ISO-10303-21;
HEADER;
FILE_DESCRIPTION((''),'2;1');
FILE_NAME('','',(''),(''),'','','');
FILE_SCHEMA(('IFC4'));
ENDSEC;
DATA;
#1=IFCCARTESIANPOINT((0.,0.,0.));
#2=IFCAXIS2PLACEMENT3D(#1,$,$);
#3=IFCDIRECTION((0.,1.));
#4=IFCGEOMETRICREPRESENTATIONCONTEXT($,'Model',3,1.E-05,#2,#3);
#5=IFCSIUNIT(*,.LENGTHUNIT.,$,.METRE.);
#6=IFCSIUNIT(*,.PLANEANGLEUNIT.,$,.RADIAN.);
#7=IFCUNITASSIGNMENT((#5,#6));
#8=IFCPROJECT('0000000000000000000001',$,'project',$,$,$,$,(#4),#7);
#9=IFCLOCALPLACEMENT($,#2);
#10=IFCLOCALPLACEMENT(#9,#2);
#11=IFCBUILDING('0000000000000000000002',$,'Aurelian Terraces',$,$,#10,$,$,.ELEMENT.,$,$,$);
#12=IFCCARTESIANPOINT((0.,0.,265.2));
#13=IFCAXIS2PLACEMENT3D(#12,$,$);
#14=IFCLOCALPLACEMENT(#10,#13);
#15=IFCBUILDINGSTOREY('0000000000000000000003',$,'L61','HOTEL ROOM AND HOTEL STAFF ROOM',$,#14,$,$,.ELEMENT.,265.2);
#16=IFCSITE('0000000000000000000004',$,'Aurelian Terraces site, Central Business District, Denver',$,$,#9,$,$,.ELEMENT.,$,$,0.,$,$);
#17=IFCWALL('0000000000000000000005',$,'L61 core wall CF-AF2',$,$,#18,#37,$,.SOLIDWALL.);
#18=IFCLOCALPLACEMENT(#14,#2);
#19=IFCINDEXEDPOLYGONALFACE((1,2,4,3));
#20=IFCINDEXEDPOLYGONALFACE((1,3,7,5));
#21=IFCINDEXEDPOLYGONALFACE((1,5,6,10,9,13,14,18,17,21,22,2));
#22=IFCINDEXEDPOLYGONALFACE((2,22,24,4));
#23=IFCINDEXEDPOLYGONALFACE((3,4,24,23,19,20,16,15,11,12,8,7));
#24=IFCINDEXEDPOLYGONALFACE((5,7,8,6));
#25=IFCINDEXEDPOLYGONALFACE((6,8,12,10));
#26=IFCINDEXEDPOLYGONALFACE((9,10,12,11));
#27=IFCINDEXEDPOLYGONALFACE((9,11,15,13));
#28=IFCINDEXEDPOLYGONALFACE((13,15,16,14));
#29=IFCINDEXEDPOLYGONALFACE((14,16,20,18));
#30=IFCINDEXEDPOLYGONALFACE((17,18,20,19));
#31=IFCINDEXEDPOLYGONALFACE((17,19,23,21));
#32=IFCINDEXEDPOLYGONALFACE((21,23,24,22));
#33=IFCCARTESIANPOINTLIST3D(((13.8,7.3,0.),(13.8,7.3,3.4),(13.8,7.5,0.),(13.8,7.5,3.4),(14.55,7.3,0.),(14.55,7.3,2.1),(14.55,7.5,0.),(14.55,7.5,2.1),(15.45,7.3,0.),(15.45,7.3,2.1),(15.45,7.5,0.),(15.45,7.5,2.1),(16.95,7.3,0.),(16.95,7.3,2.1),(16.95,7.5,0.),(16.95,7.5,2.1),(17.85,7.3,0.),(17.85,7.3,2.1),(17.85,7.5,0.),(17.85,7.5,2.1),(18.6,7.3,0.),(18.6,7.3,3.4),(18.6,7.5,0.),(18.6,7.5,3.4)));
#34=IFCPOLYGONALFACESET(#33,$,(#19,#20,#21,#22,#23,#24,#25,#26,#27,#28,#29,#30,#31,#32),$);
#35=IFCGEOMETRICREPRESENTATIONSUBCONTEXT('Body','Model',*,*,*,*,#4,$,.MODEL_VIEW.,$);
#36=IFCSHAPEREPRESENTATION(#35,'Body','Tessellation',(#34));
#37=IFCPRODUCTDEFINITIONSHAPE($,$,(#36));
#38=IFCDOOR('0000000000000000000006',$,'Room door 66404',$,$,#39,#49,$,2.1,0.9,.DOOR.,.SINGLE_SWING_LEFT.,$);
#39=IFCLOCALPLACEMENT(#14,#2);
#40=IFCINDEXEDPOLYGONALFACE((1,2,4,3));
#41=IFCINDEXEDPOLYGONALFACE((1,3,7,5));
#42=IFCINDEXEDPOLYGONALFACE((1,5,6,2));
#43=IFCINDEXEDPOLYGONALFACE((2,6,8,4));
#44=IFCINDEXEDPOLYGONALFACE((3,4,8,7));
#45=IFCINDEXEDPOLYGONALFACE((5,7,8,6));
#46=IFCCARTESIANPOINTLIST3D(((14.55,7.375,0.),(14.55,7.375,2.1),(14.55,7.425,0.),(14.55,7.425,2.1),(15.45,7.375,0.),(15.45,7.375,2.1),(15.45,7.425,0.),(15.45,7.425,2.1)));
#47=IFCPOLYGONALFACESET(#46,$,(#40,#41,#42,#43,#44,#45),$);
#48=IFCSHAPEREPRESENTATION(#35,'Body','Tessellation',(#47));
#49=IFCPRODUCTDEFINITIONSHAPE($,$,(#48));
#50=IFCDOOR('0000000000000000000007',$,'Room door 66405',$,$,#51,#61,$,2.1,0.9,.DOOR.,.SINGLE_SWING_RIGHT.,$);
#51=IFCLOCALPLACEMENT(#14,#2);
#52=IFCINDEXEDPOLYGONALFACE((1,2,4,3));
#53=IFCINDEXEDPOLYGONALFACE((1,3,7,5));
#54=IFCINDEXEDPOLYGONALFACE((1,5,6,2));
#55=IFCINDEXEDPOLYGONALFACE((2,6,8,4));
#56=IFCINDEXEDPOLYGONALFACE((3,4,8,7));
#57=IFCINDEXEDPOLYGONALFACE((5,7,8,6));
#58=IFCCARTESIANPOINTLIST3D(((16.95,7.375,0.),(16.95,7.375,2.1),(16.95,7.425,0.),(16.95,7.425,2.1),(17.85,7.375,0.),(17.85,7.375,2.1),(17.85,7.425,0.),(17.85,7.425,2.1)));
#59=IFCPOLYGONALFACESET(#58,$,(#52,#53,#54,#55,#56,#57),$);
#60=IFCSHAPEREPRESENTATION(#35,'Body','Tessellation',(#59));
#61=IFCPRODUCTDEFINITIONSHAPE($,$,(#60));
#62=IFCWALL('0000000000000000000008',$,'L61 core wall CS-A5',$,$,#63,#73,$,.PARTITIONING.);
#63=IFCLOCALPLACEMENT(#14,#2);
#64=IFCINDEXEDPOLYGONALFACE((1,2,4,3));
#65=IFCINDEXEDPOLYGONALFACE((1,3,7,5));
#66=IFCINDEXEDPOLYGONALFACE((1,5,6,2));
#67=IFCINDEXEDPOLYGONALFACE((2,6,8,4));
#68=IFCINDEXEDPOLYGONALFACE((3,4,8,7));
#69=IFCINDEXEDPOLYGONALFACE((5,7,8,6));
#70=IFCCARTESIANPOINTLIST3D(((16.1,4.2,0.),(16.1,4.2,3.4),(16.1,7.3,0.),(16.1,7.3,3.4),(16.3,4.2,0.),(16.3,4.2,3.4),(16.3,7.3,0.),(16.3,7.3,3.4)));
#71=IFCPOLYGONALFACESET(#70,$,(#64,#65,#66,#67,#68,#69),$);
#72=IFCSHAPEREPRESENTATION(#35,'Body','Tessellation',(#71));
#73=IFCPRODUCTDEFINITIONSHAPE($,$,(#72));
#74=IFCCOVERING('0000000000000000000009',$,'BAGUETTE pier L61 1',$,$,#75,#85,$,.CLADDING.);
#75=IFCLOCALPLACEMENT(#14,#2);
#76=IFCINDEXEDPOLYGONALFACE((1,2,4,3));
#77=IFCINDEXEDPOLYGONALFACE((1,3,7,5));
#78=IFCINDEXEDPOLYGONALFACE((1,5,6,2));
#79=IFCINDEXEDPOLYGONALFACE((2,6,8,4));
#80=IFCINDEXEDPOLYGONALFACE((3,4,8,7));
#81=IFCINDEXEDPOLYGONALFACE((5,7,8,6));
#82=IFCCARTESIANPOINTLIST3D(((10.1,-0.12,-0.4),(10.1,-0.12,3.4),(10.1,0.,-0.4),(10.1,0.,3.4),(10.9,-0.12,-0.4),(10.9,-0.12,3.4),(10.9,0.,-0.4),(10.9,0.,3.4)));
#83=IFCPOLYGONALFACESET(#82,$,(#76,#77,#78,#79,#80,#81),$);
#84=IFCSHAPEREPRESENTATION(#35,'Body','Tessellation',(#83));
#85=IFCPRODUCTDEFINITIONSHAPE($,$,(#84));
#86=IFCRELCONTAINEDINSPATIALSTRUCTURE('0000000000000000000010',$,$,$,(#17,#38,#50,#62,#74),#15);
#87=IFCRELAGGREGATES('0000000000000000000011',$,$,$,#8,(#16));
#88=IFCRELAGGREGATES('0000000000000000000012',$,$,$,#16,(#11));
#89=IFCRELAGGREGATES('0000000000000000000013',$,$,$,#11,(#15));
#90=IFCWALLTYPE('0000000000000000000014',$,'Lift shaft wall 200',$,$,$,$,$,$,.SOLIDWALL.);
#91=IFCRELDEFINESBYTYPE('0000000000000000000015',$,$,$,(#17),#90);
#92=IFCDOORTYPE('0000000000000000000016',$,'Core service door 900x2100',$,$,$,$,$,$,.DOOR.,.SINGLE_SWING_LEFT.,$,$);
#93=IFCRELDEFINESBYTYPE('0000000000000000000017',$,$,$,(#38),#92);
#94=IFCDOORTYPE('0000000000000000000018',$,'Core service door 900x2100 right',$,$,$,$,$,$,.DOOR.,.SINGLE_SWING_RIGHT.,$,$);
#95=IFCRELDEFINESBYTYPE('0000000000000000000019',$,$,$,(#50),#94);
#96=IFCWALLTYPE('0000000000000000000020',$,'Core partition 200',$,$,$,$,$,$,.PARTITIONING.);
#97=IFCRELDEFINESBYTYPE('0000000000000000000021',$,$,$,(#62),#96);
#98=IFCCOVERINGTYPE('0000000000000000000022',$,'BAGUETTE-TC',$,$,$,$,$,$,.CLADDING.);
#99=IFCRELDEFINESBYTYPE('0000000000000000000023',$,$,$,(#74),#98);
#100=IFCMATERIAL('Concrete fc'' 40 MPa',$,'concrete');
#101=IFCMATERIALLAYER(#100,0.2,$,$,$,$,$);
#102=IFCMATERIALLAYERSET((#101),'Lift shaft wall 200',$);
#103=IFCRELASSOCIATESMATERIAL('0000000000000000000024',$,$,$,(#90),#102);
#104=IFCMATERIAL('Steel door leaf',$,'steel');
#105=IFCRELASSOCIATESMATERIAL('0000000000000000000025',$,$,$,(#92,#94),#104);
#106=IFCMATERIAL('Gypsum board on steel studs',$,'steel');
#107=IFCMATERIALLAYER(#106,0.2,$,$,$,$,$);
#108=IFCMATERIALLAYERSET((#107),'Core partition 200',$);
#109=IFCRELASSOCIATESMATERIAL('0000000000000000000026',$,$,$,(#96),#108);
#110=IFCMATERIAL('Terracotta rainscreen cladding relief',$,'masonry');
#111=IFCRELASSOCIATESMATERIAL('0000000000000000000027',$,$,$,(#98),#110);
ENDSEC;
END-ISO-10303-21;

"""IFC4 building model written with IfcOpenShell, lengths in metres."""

from ifc_helpers import new_model, si_unit, direction, frame, frame_2d, origin, origin_2d, place, context, subcontext, project, spatial, rectangle, extrude, source, transform, mapped, material, layer, layer_set, type_object, element, fill, save


model = new_model("IFC4")

# Units and contexts
model_context = context("Model", 3, precision=1e-05, world=origin(), true_north=direction((0.0, 1.0)))
body_context = subcontext(model_context, "Body", "Model", "MODEL_VIEW")
ifc_project = project(units=[si_unit("LENGTHUNIT", "METRE"), si_unit("PLANEANGLEUNIT", "RADIAN")], contexts=[model_context])

# Site, building, storey
site_placement = place(None, origin())
site = spatial("IfcSite", under=ifc_project, at=site_placement, Name="Aurelian Terraces site, Central Business District, Denver", CompositionType="ELEMENT", RefElevation=0.0)
building_placement = place(site_placement, origin())
building = spatial("IfcBuilding", under=site, at=building_placement, Name="Aurelian Terraces", CompositionType="ELEMENT")
storey_placement = place(building_placement, frame((0.0, 0.0, 265.2)))
storey = spatial("IfcBuildingStorey", under=building, at=storey_placement, Name="L61", Description="HOTEL ROOM AND HOTEL STAFF ROOM", CompositionType="ELEMENT", Elevation=265.2)

# Shared definitions
ifc_material_1 = material(Name="Concrete fc' 40 MPa", Category="concrete")
ifc_layer_1 = layer(ifc_material_1, 0.2)
ifc_layer_set_1 = layer_set([ifc_layer_1], Name="Lift shaft wall 200")
wall_type_1 = type_object("IfcWallType", Name="Lift shaft wall 200", PredefinedType="SOLIDWALL", material=ifc_layer_set_1)

# Shared definitions
shared_shape_1 = source(origin(), body_context, "Body", "SweptSolid", [
    extrude(rectangle(XDim=0.9, YDim=2.1, at=frame_2d((0.45, 1.05))), frame((0.0, 0.11, 0.0), z_axis=(0.0, -1.0, 0.0), x_axis=(1.0, 0.0, 0.0)), (0.0, 0.0, 1.0), 0.22),
])
ifc_material_2 = material(Name="Steel door leaf", Category="steel")
door_type_1 = type_object("IfcDoorType", Name="Core service door 900x2100", OperationType="SINGLE_SWING_LEFT", PredefinedType="DOOR", material=ifc_material_2)
shared_shape_2 = source(origin(), body_context, "Body", "SweptSolid", [
    extrude(rectangle(XDim=0.9, YDim=2.1, at=frame_2d((0.45, 1.05))), frame((0.0, 0.025, 0.0), z_axis=(0.0, -1.0, 0.0), x_axis=(1.0, 0.0, 0.0)), (0.0, 0.0, 1.0), 0.05),
])

# Wall, openings, doors
shared_shape_3 = source(origin(), body_context, "Body", "SweptSolid", [
    extrude(rectangle(XDim=4.8, YDim=0.2, at=frame_2d((2.4, 0.0))), origin(), (0.0, 0.0, 1.0), 3.4),
])
wall_1_placement = place(storey_placement, frame((13.8, 7.4, 0.0), z_axis=(0.0, 0.0, 1.0), x_axis=(1.0, 0.0, 0.0)))
wall_1 = element("IfcWall", 1, at=wall_1_placement, inside=storey, type_object=wall_type_1, Name="L61 core wall CF-AF2", PredefinedType="SOLIDWALL", context=body_context, shape_type="MappedRepresentation", body=[
    mapped(shared_shape_3, transform((0.0, 0.0, 0.0), scale=1.0)),
])
opening_1_placement = place(wall_1_placement, frame((0.75, 0.0, 0.0)))
opening_1 = element("IfcOpeningElement", 2, at=opening_1_placement, cuts=wall_1, PredefinedType="OPENING", context=body_context, shape_type="MappedRepresentation", body=[
    mapped(shared_shape_1, transform((0.0, 0.0, 0.0), scale=1.0)),
])
opening_2_placement = place(wall_1_placement, frame((3.15, 0.0, 0.0)))
opening_2 = element("IfcOpeningElement", 3, at=opening_2_placement, cuts=wall_1, PredefinedType="OPENING", context=body_context, shape_type="MappedRepresentation", body=[
    mapped(shared_shape_1, transform((0.0, 0.0, 0.0), scale=1.0)),
])
door_1_placement = place(opening_1_placement, origin())
door_1 = element("IfcDoor", 4, at=door_1_placement, inside=storey, type_object=door_type_1, Name="Room door 66404", OperationType="SINGLE_SWING_LEFT", OverallHeight=2.1, OverallWidth=0.9, PredefinedType="DOOR", context=body_context, shape_type="MappedRepresentation", body=[
    mapped(shared_shape_2, transform((0.0, 0.0, 0.0), scale=1.0)),
])
fill(opening_1, door_1)
door_type_2 = type_object("IfcDoorType", Name="Core service door 900x2100 right", OperationType="SINGLE_SWING_RIGHT", PredefinedType="DOOR", material=ifc_material_2)
door_2_placement = place(opening_2_placement, origin())
door_2 = element("IfcDoor", 5, at=door_2_placement, inside=storey, type_object=door_type_2, Name="Room door 66405", OperationType="SINGLE_SWING_RIGHT", OverallHeight=2.1, OverallWidth=0.9, PredefinedType="DOOR", context=body_context, shape_type="MappedRepresentation", body=[
    mapped(shared_shape_2, transform((0.0, 0.0, 0.0), scale=1.0)),
])
fill(opening_2, door_2)

# Wall
ifc_material_3 = material(Name="Gypsum board on steel studs", Category="steel")
ifc_layer_2 = layer(ifc_material_3, 0.2)
ifc_layer_set_2 = layer_set([ifc_layer_2], Name="Core partition 200")
wall_type_2 = type_object("IfcWallType", Name="Core partition 200", PredefinedType="PARTITIONING", material=ifc_layer_set_2)
shared_shape_4 = source(origin(), body_context, "Body", "SweptSolid", [
    extrude(rectangle(XDim=3.1, YDim=0.2, at=frame_2d((1.55, 0.0))), origin(), (0.0, 0.0, 1.0), 3.4),
])
wall_2_placement = place(storey_placement, frame((16.2, 4.2, 0.0), z_axis=(0.0, 0.0, 1.0), x_axis=(0.0, 1.0, 0.0)))
element("IfcWall", 6, at=wall_2_placement, inside=storey, type_object=wall_type_2, Name="L61 core wall CS-A5", PredefinedType="PARTITIONING", context=body_context, shape_type="MappedRepresentation", body=[
    mapped(shared_shape_4, transform((0.0, 0.0, 0.0), scale=1.0)),
])

# Covering
ifc_material_4 = material(Name="Terracotta rainscreen cladding relief", Category="masonry")
covering_type = type_object("IfcCoveringType", Name="BAGUETTE-TC", PredefinedType="CLADDING", material=ifc_material_4)
shared_shape_5 = source(origin(), body_context, "Body", "SweptSolid", [
    extrude(rectangle(XDim=0.8, YDim=0.12, at=origin_2d()), origin(), (0.0, 0.0, 1.0), 3.8),
])
covering_placement = place(storey_placement, frame((10.5, -0.06, -0.4), z_axis=(0.0, 0.0, 1.0), x_axis=(1.0, 0.0, 0.0)))
element("IfcCovering", 7, at=covering_placement, inside=storey, type_object=covering_type, Name="BAGUETTE pier L61 1", PredefinedType="CLADDING", context=body_context, shape_type="MappedRepresentation", body=[
    mapped(shared_shape_5, transform((0.0, 0.0, 0.0), scale=1.0)),
])

save(model, "model.ifc")
